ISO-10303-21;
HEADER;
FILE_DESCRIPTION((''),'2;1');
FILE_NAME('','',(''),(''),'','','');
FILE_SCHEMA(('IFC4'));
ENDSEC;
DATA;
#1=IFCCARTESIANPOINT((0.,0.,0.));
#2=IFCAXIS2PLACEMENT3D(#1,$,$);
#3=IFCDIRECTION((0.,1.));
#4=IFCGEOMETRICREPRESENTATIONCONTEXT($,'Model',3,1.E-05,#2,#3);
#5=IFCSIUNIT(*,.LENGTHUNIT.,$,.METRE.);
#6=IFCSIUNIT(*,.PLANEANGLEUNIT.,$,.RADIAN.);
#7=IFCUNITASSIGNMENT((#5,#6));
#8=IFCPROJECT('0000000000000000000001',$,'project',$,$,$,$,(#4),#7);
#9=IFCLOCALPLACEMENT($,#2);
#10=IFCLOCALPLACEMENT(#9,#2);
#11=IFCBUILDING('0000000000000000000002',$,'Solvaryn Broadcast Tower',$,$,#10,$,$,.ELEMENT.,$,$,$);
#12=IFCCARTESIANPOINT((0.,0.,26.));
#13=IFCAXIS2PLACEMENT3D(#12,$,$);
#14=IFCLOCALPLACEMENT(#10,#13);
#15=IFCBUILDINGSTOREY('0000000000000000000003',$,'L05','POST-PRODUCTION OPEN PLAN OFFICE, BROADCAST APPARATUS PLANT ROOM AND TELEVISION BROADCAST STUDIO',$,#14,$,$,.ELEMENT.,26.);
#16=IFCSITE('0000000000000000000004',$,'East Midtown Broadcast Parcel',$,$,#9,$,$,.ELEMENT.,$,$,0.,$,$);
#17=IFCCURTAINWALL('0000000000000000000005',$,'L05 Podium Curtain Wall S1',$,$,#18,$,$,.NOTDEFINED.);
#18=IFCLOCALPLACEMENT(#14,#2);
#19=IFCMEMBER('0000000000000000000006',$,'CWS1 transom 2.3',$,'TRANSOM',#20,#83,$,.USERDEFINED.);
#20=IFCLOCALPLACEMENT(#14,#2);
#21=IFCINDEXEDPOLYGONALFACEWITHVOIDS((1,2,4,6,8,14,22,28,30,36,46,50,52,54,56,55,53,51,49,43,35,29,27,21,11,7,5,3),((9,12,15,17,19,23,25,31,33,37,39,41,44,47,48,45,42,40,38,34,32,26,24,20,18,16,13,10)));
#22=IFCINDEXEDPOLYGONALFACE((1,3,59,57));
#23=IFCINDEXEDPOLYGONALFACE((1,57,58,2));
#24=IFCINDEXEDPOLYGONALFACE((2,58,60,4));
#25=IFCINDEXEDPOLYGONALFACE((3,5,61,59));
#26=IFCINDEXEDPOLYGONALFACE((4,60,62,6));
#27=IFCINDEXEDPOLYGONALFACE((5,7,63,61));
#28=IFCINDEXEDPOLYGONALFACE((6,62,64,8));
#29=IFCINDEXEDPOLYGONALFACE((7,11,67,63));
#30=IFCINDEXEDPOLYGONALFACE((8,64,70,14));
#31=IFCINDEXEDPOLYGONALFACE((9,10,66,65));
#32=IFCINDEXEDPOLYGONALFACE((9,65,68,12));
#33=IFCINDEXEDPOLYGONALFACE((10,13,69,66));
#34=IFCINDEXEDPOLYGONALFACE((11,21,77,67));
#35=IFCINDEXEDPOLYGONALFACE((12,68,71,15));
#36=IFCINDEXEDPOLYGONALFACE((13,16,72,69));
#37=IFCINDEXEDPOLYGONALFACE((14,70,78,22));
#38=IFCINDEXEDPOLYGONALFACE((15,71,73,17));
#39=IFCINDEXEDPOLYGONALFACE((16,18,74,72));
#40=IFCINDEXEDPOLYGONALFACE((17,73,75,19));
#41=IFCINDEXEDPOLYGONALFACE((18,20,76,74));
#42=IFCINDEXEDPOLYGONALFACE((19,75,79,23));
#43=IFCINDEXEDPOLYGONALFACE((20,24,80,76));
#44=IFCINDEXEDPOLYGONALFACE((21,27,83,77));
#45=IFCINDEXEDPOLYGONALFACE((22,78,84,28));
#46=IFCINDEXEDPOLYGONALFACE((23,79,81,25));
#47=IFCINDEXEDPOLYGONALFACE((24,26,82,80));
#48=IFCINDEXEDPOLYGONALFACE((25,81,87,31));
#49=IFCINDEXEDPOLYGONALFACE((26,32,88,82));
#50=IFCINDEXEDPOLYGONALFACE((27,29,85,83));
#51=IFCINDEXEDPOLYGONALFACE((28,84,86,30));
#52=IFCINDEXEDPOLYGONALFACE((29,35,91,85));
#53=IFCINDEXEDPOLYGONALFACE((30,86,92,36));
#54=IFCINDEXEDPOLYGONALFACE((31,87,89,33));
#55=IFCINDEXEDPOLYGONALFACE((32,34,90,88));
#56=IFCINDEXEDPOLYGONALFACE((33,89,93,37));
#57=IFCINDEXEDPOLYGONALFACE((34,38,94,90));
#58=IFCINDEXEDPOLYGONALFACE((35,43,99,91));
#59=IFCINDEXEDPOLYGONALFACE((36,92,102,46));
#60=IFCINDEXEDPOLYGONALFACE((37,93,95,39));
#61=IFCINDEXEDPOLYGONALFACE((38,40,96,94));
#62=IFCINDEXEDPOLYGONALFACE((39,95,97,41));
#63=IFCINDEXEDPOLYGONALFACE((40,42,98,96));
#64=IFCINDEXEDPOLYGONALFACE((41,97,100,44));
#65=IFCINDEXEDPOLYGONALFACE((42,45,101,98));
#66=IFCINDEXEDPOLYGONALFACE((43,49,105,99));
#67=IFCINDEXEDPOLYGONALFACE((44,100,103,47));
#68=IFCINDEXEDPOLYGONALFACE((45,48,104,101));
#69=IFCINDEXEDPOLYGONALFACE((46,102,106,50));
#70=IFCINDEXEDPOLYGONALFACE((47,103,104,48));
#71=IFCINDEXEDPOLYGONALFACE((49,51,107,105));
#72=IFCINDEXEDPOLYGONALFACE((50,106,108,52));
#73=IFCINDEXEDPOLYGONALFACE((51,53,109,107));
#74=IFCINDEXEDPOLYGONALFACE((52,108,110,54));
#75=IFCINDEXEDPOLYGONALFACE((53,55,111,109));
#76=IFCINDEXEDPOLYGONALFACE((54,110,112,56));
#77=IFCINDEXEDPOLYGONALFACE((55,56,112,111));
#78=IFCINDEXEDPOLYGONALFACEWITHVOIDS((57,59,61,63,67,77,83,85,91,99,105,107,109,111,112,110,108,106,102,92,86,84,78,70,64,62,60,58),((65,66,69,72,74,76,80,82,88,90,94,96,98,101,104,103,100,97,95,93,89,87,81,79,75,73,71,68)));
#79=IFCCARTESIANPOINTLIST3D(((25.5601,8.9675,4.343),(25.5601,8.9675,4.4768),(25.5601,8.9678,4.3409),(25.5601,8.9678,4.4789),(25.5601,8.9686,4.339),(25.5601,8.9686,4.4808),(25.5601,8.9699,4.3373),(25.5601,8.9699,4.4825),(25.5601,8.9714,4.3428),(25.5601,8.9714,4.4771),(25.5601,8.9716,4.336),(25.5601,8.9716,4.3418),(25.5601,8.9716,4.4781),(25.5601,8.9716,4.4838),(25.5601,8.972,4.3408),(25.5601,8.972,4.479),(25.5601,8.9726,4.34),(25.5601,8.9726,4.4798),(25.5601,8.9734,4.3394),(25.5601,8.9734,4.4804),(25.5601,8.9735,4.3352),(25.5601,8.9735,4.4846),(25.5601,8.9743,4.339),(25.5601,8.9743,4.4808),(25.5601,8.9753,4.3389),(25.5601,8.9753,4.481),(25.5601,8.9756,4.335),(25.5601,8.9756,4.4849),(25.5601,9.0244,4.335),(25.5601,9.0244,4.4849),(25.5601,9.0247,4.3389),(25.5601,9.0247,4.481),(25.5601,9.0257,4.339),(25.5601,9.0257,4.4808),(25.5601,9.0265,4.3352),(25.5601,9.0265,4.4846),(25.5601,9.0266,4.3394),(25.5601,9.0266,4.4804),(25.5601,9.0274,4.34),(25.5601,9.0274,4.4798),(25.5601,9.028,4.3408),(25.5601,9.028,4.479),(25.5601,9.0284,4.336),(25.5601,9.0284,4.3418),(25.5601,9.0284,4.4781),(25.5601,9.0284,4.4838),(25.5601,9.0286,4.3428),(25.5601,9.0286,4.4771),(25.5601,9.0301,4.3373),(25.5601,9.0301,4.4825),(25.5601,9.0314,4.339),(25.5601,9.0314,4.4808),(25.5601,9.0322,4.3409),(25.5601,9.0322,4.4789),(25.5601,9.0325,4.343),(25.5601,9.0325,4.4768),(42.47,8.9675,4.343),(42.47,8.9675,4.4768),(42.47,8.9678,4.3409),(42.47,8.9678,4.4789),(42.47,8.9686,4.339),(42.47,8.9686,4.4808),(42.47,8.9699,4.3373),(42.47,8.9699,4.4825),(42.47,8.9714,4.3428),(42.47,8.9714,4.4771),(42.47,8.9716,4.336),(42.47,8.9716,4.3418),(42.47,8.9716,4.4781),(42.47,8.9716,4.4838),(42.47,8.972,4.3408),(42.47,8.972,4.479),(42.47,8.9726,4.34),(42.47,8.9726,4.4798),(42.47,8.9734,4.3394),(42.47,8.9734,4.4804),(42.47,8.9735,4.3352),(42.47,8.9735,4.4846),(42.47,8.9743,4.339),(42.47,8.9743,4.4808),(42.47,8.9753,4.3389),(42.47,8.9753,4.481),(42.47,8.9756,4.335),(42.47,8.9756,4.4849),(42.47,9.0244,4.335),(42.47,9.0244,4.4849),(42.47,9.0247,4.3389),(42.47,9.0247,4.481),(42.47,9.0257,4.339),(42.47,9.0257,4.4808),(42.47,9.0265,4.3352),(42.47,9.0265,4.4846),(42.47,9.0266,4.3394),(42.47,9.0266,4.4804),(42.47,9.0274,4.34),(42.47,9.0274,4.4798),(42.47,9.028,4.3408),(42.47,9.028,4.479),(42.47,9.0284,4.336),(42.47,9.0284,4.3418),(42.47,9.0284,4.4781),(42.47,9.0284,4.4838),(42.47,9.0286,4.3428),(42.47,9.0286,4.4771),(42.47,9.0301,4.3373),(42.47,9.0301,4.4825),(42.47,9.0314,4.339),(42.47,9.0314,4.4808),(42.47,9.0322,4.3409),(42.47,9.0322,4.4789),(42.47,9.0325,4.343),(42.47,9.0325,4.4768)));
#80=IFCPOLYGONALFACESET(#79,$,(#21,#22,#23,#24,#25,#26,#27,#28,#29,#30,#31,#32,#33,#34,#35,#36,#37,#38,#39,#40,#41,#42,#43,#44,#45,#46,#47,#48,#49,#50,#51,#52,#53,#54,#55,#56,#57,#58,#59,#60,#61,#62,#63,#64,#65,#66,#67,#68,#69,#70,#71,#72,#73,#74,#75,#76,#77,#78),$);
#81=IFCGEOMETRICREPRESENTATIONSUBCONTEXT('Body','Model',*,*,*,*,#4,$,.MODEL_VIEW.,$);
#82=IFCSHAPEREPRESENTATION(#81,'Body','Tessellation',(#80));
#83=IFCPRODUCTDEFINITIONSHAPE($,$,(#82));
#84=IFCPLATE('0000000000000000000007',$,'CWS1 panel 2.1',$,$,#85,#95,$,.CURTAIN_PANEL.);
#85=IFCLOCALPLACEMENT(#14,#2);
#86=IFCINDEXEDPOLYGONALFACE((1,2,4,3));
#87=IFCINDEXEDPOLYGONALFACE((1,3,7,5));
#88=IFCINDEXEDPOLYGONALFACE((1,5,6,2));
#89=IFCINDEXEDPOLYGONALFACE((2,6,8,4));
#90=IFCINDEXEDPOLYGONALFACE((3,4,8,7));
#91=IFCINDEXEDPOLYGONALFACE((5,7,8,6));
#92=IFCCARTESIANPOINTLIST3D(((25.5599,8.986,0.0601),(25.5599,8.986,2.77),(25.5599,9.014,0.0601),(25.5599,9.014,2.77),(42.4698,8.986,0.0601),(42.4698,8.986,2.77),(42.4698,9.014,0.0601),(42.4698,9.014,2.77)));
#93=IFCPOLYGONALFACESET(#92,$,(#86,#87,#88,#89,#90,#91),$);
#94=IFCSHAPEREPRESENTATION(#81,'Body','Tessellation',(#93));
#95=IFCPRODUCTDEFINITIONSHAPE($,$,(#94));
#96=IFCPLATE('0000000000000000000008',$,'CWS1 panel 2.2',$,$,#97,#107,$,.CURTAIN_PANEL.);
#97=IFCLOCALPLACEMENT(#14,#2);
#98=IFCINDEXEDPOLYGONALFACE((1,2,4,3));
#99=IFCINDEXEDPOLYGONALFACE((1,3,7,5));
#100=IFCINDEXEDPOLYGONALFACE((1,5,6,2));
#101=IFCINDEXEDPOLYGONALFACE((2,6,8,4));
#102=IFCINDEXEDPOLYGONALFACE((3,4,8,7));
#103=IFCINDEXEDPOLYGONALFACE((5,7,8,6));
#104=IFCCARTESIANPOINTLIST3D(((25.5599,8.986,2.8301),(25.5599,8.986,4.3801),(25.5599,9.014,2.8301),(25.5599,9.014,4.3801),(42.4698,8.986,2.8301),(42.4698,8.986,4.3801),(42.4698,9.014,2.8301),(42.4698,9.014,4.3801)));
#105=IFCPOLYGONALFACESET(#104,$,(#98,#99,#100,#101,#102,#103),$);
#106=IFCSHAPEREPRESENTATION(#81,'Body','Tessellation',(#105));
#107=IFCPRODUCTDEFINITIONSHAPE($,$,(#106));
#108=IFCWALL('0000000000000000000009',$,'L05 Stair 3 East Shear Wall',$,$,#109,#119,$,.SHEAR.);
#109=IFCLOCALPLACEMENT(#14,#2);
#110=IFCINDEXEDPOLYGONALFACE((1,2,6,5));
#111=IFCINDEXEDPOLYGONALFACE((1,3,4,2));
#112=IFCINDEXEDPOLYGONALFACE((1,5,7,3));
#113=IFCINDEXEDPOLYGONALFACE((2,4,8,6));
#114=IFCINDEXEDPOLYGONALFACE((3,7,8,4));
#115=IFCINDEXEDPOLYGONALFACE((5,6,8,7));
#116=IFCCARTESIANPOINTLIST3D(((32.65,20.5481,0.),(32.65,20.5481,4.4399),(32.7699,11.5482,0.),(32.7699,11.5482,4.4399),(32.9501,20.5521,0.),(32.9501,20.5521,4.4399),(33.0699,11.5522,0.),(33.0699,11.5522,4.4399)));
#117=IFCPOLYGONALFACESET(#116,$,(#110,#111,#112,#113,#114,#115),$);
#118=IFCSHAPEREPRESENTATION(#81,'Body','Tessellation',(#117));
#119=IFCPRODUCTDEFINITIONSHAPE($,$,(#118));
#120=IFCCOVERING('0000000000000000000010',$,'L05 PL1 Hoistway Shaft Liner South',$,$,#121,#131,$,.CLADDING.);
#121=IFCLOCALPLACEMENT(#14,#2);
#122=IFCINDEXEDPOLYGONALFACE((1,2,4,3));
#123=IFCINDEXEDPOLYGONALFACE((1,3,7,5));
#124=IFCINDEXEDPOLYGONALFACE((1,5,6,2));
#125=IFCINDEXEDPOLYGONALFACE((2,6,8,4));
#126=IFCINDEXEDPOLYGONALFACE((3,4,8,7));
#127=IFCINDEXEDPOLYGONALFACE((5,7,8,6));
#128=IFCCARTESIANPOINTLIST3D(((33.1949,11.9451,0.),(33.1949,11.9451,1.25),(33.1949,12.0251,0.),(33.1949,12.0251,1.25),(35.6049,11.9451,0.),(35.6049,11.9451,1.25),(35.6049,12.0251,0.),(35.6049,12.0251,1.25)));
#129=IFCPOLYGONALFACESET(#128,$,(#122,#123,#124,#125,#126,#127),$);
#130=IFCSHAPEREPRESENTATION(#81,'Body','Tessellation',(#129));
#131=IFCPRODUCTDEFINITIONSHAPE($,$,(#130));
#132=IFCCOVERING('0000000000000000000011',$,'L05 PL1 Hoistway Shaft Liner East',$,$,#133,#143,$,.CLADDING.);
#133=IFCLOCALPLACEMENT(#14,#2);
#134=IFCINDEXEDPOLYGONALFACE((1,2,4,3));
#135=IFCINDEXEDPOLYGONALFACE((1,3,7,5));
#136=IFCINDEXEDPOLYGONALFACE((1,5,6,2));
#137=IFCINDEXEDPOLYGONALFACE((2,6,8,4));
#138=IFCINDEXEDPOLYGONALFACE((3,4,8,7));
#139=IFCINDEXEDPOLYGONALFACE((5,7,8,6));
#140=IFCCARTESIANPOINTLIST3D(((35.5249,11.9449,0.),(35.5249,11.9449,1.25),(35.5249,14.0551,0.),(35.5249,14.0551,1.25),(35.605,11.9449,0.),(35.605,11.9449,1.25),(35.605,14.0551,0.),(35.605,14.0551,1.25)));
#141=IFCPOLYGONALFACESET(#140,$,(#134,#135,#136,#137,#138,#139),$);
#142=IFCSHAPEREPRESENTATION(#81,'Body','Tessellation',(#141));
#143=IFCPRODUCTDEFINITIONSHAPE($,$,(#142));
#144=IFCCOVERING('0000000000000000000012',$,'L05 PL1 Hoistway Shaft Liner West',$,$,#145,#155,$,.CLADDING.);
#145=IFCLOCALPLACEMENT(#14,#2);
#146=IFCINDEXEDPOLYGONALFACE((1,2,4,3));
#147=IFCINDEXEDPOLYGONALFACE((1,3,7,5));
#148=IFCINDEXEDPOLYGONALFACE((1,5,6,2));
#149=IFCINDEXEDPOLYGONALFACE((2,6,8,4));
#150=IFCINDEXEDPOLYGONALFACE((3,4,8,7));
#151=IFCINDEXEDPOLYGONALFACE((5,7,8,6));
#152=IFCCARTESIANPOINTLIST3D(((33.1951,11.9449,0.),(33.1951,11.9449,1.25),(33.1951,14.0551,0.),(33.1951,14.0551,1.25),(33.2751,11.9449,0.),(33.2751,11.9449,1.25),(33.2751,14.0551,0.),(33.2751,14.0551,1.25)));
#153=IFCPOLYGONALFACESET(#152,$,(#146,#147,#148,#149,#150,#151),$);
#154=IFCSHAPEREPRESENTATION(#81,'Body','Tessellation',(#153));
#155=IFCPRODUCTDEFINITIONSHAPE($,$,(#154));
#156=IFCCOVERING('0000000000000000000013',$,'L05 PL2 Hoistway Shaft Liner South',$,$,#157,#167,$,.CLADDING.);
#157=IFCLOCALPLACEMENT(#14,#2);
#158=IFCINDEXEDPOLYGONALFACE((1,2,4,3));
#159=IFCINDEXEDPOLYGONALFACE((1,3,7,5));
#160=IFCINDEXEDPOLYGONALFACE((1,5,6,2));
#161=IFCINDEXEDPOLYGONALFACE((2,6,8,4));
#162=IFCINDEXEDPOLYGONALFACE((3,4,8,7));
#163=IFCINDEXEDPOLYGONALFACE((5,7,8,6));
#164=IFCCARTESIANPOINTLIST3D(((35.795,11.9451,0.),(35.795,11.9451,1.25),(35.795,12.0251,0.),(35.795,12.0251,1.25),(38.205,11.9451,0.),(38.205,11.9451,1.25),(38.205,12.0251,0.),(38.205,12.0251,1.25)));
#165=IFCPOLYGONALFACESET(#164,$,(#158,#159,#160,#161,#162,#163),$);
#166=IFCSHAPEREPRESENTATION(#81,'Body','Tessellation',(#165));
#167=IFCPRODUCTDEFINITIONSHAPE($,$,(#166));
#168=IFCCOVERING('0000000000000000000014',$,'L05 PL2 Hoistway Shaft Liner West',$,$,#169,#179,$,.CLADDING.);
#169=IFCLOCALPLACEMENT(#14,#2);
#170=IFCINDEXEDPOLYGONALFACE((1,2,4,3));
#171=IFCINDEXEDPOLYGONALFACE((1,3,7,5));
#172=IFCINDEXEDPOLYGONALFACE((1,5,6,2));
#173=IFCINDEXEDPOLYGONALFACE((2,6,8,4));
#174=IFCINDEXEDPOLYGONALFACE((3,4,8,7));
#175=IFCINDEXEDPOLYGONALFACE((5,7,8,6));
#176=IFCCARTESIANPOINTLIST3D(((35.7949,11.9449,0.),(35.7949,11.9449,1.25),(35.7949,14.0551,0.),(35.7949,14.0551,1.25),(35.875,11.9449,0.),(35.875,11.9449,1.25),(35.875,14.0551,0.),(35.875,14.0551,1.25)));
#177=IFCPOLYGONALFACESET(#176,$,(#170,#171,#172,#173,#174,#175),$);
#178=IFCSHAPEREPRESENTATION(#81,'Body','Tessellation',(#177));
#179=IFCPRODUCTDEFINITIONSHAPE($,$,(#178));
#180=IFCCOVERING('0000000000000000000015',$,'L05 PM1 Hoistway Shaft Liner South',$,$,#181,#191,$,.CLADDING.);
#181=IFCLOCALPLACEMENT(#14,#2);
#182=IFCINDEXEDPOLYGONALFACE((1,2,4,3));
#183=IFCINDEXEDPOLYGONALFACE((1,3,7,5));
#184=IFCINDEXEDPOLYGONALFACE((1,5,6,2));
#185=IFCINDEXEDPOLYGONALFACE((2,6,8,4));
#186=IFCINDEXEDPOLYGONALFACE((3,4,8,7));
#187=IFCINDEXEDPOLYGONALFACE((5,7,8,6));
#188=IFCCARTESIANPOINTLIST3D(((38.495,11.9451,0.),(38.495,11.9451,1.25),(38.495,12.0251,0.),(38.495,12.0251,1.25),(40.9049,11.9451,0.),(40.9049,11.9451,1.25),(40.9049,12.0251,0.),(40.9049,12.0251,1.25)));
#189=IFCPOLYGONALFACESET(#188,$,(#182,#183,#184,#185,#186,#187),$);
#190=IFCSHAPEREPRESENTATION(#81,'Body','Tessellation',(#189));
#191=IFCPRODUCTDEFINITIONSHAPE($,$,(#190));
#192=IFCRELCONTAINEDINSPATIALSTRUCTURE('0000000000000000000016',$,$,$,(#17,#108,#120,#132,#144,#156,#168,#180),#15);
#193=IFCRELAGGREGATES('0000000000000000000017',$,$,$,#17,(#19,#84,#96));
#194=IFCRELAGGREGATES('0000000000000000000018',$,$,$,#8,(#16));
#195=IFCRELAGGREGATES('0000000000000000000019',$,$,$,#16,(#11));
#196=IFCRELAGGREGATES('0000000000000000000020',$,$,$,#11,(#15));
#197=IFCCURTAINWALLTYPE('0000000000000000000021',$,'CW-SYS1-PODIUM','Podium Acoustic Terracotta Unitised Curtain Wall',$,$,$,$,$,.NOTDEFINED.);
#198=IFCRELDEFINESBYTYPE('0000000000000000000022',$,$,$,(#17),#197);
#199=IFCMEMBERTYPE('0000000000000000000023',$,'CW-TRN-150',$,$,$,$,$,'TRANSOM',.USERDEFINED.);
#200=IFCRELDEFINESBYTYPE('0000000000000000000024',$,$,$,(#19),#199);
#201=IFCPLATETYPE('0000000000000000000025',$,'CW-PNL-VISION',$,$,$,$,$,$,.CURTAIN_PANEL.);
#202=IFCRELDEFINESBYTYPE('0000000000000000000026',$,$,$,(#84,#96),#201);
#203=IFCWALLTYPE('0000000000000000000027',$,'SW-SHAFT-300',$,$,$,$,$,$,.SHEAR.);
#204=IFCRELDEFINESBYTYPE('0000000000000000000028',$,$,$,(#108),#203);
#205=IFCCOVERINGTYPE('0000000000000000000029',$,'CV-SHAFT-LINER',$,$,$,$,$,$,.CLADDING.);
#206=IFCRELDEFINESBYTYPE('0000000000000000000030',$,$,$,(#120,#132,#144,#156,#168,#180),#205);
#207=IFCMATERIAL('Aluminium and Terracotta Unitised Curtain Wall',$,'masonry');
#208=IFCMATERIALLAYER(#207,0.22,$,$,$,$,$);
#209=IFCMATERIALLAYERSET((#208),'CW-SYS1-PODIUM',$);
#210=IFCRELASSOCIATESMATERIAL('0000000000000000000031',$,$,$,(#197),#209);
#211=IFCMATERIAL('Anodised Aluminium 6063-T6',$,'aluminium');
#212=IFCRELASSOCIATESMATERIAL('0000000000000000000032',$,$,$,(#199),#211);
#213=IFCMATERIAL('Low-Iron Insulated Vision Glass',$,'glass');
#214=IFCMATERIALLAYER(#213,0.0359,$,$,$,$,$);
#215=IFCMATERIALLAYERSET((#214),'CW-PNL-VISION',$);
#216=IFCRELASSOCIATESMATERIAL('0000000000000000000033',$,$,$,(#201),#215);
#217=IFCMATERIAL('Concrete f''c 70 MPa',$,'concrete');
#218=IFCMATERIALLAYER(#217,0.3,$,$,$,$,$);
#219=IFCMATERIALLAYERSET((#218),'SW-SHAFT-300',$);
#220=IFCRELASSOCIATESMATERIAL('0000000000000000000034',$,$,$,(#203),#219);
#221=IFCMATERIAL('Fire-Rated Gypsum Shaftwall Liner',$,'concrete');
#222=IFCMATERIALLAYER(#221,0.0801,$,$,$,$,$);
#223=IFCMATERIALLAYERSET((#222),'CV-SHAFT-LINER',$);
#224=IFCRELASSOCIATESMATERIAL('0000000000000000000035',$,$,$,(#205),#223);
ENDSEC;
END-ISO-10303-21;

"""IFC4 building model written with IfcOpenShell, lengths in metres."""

from ifc_helpers import new_model, si_unit, direction, frame, frame_2d, origin, origin_2d, place, context, subcontext, project, spatial, rectangle, hollow_rectangle, extrude, material, layer, layer_set, material_profile, profile_set, type_object, element, aggregate, save


model = new_model("IFC4")

# Units and contexts
model_context = context("Model", 3, precision=1e-05, world=origin(), true_north=direction((0.0, 1.0)))
body_context = subcontext(model_context, "Body", "Model", "MODEL_VIEW")
ifc_project = project(units=[si_unit("LENGTHUNIT", "METRE"), si_unit("PLANEANGLEUNIT", "RADIAN")], contexts=[model_context])

# Site, building, storey
site_placement = place(None, origin())
site = spatial("IfcSite", under=ifc_project, at=site_placement, Name="East Midtown Broadcast Parcel", CompositionType="ELEMENT", RefElevation=0.0)
building_placement = place(site_placement, origin())
building = spatial("IfcBuilding", under=site, at=building_placement, Name="Solvaryn Broadcast Tower", CompositionType="ELEMENT")
storey_placement = place(building_placement, frame((0.0, 0.0, 26.0)))
storey = spatial("IfcBuildingStorey", under=building, at=storey_placement, Name="L05", Description="POST-PRODUCTION OPEN PLAN OFFICE, BROADCAST APPARATUS PLANT ROOM AND TELEVISION BROADCAST STUDIO", CompositionType="ELEMENT", Elevation=26.0)

# Curtain wall, member, plates
ifc_material_1 = material(Name="Aluminium and Terracotta Unitised Curtain Wall", Category="masonry")
ifc_layer_1 = layer(ifc_material_1, 0.22)
ifc_layer_set_1 = layer_set([ifc_layer_1], Name="CW-SYS1-PODIUM")
curtain_wall_type = type_object("IfcCurtainWallType", Name="CW-SYS1-PODIUM", Description="Podium Acoustic Terracotta Unitised Curtain Wall", PredefinedType="NOTDEFINED", material=ifc_layer_set_1)
curtain_wall_placement = place(storey_placement, origin())
curtain_wall = element("IfcCurtainWall", 1, at=curtain_wall_placement, inside=storey, type_object=curtain_wall_type, Name="L05 Podium Curtain Wall S1", PredefinedType="NOTDEFINED")
ifc_material_2 = material(Name="Anodised Aluminium 6063-T6", Category="aluminium")
ifc_material_profile_1 = material_profile(ifc_material_2, hollow_rectangle(XDim=0.0649, YDim=0.1499, WallThickness=0.0039, InnerFilletRadius=0.0039, OuterFilletRadius=0.0081, at=origin_2d()))
ifc_profile_set_1 = profile_set([ifc_material_profile_1], Name="Anodised Aluminium 6063-T6")
member_type = type_object("IfcMemberType", Name="CW-TRN-150", ElementType="TRANSOM", PredefinedType="USERDEFINED", material=ifc_profile_set_1)
member_1_placement = place(storey_placement, frame((42.47, 9.0, 4.4099), z_axis=(-1.0, 0.0, 0.0), x_axis=(0.0, -1.0, 0.0)))
member_1 = element("IfcMember", 2, at=member_1_placement, type_object=member_type, Name="CWS1 transom 2.3", ObjectType="TRANSOM", PredefinedType="USERDEFINED", context=body_context, shape_type="SweptSolid", body=[
    extrude(hollow_rectangle(XDim=0.0649, YDim=0.1499, WallThickness=0.0039, InnerFilletRadius=0.0039, OuterFilletRadius=0.0081, at=origin_2d()), origin(), (0.0, 0.0, 1.0), 16.9099),
])
ifc_material_3 = material(Name="Low-Iron Insulated Vision Glass", Category="glass")
ifc_layer_2 = layer(ifc_material_3, 0.0359)
ifc_layer_set_2 = layer_set([ifc_layer_2], Name="CW-PNL-VISION")
plate_type = type_object("IfcPlateType", Name="CW-PNL-VISION", PredefinedType="CURTAIN_PANEL", material=ifc_layer_set_2)
plate_1_placement = place(storey_placement, frame((34.0149, 9.0, 0.0601), z_axis=(0.0, 0.0, 1.0), x_axis=(-1.0, 0.0, 0.0)))
plate_1 = element("IfcPlate", 3, at=plate_1_placement, type_object=plate_type, Name="CWS1 panel 2.1", PredefinedType="CURTAIN_PANEL", context=body_context, shape_type="SweptSolid", body=[
    extrude(rectangle(XDim=16.9099, YDim=0.0281, at=origin_2d()), origin(), (0.0, 0.0, 1.0), 2.71),
])
plate_2_placement = place(storey_placement, frame((34.0149, 9.0, 2.8301), z_axis=(0.0, 0.0, 1.0), x_axis=(-1.0, 0.0, 0.0)))
plate_2 = element("IfcPlate", 4, at=plate_2_placement, type_object=plate_type, Name="CWS1 panel 2.2", PredefinedType="CURTAIN_PANEL", context=body_context, shape_type="SweptSolid", body=[
    extrude(rectangle(XDim=16.9099, YDim=0.0281, at=origin_2d()), origin(), (0.0, 0.0, 1.0), 1.55),
])
aggregate(curtain_wall, [member_1, plate_1, plate_2])

# Wall
ifc_material_4 = material(Name="Concrete f'c 70 MPa", Category="concrete")
ifc_layer_3 = layer(ifc_material_4, 0.3)
ifc_layer_set_3 = layer_set([ifc_layer_3], Name="SW-SHAFT-300")
wall_type = type_object("IfcWallType", Name="SW-SHAFT-300", PredefinedType="SHEAR", material=ifc_layer_set_3)
wall_placement = place(storey_placement, frame((32.9199, 11.55, 0.0), z_axis=(0.0, 0.0, 1.0), x_axis=(-0.013318, 0.999911, 0.0)))
element("IfcWall", 5, at=wall_placement, inside=storey, type_object=wall_type, Name="L05 Stair 3 East Shear Wall", PredefinedType="SHEAR", context=body_context, shape_type="SweptSolid", body=[
    extrude(rectangle(XDim=9.0007, YDim=0.3, at=frame_2d((4.5005, 0.0))), origin(), (0.0, 0.0, 1.0), 4.4399),
])

# Coverings
ifc_material_5 = material(Name="Fire-Rated Gypsum Shaftwall Liner", Category="concrete")
ifc_layer_4 = layer(ifc_material_5, 0.0801)
ifc_layer_set_4 = layer_set([ifc_layer_4], Name="CV-SHAFT-LINER")
covering_type_1 = type_object("IfcCoveringType", Name="CV-SHAFT-LINER", PredefinedType="CLADDING", material=ifc_layer_set_4)
covering_1_placement = place(storey_placement, frame((34.3999, 11.9851, 0.0), z_axis=(0.0, 0.0, 1.0), x_axis=(1.0, 0.0, 0.0)))
element("IfcCovering", 6, at=covering_1_placement, inside=storey, type_object=covering_type_1, Name="L05 PL1 Hoistway Shaft Liner South", PredefinedType="CLADDING", context=body_context, shape_type="SweptSolid", body=[
    extrude(rectangle(XDim=2.4099, YDim=0.0801, at=origin_2d()), origin(), (0.0, 0.0, 1.0), 1.25),
])
for number, where, z_axis, x_axis, name in (
    (7, (35.5649, 13.0, 0.0), (0.0, 0.0, 1.0), (1.0, 0.0, 0.0), "L05 PL1 Hoistway Shaft Liner East"),
    (8, (33.2351, 13.0, 0.0), (0.0, 0.0, 1.0), (1.0, 0.0, 0.0), "L05 PL1 Hoistway Shaft Liner West"),
):
    element("IfcCovering", number, at=place(storey_placement, frame(where, z_axis=z_axis, x_axis=x_axis)), inside=storey, type_object=covering_type_1, Name=name, PredefinedType="CLADDING", context=body_context, shape_type="SweptSolid", body=[
        extrude(rectangle(XDim=0.0801, YDim=2.1101, at=origin_2d()), origin(), (0.0, 0.0, 1.0), 1.25),
    ])
covering_2_placement = place(storey_placement, frame((37.0, 11.9851, 0.0), z_axis=(0.0, 0.0, 1.0), x_axis=(1.0, 0.0, 0.0)))
element("IfcCovering", 9, at=covering_2_placement, inside=storey, type_object=covering_type_1, Name="L05 PL2 Hoistway Shaft Liner South", PredefinedType="CLADDING", context=body_context, shape_type="SweptSolid", body=[
    extrude(rectangle(XDim=2.4099, YDim=0.0801, at=origin_2d()), origin(), (0.0, 0.0, 1.0), 1.25),
])
covering_3_placement = place(storey_placement, frame((35.835, 13.0, 0.0), z_axis=(0.0, 0.0, 1.0), x_axis=(1.0, 0.0, 0.0)))
element("IfcCovering", 10, at=covering_3_placement, inside=storey, type_object=covering_type_1, Name="L05 PL2 Hoistway Shaft Liner West", PredefinedType="CLADDING", context=body_context, shape_type="SweptSolid", body=[
    extrude(rectangle(XDim=0.0801, YDim=2.1101, at=origin_2d()), origin(), (0.0, 0.0, 1.0), 1.25),
])
covering_4_placement = place(storey_placement, frame((39.7, 11.9851, 0.0), z_axis=(0.0, 0.0, 1.0), x_axis=(1.0, 0.0, 0.0)))
element("IfcCovering", 11, at=covering_4_placement, inside=storey, type_object=covering_type_1, Name="L05 PM1 Hoistway Shaft Liner South", PredefinedType="CLADDING", context=body_context, shape_type="SweptSolid", body=[
    extrude(rectangle(XDim=2.4099, YDim=0.0801, at=origin_2d()), origin(), (0.0, 0.0, 1.0), 1.25),
])

save(model, "model.ifc")
